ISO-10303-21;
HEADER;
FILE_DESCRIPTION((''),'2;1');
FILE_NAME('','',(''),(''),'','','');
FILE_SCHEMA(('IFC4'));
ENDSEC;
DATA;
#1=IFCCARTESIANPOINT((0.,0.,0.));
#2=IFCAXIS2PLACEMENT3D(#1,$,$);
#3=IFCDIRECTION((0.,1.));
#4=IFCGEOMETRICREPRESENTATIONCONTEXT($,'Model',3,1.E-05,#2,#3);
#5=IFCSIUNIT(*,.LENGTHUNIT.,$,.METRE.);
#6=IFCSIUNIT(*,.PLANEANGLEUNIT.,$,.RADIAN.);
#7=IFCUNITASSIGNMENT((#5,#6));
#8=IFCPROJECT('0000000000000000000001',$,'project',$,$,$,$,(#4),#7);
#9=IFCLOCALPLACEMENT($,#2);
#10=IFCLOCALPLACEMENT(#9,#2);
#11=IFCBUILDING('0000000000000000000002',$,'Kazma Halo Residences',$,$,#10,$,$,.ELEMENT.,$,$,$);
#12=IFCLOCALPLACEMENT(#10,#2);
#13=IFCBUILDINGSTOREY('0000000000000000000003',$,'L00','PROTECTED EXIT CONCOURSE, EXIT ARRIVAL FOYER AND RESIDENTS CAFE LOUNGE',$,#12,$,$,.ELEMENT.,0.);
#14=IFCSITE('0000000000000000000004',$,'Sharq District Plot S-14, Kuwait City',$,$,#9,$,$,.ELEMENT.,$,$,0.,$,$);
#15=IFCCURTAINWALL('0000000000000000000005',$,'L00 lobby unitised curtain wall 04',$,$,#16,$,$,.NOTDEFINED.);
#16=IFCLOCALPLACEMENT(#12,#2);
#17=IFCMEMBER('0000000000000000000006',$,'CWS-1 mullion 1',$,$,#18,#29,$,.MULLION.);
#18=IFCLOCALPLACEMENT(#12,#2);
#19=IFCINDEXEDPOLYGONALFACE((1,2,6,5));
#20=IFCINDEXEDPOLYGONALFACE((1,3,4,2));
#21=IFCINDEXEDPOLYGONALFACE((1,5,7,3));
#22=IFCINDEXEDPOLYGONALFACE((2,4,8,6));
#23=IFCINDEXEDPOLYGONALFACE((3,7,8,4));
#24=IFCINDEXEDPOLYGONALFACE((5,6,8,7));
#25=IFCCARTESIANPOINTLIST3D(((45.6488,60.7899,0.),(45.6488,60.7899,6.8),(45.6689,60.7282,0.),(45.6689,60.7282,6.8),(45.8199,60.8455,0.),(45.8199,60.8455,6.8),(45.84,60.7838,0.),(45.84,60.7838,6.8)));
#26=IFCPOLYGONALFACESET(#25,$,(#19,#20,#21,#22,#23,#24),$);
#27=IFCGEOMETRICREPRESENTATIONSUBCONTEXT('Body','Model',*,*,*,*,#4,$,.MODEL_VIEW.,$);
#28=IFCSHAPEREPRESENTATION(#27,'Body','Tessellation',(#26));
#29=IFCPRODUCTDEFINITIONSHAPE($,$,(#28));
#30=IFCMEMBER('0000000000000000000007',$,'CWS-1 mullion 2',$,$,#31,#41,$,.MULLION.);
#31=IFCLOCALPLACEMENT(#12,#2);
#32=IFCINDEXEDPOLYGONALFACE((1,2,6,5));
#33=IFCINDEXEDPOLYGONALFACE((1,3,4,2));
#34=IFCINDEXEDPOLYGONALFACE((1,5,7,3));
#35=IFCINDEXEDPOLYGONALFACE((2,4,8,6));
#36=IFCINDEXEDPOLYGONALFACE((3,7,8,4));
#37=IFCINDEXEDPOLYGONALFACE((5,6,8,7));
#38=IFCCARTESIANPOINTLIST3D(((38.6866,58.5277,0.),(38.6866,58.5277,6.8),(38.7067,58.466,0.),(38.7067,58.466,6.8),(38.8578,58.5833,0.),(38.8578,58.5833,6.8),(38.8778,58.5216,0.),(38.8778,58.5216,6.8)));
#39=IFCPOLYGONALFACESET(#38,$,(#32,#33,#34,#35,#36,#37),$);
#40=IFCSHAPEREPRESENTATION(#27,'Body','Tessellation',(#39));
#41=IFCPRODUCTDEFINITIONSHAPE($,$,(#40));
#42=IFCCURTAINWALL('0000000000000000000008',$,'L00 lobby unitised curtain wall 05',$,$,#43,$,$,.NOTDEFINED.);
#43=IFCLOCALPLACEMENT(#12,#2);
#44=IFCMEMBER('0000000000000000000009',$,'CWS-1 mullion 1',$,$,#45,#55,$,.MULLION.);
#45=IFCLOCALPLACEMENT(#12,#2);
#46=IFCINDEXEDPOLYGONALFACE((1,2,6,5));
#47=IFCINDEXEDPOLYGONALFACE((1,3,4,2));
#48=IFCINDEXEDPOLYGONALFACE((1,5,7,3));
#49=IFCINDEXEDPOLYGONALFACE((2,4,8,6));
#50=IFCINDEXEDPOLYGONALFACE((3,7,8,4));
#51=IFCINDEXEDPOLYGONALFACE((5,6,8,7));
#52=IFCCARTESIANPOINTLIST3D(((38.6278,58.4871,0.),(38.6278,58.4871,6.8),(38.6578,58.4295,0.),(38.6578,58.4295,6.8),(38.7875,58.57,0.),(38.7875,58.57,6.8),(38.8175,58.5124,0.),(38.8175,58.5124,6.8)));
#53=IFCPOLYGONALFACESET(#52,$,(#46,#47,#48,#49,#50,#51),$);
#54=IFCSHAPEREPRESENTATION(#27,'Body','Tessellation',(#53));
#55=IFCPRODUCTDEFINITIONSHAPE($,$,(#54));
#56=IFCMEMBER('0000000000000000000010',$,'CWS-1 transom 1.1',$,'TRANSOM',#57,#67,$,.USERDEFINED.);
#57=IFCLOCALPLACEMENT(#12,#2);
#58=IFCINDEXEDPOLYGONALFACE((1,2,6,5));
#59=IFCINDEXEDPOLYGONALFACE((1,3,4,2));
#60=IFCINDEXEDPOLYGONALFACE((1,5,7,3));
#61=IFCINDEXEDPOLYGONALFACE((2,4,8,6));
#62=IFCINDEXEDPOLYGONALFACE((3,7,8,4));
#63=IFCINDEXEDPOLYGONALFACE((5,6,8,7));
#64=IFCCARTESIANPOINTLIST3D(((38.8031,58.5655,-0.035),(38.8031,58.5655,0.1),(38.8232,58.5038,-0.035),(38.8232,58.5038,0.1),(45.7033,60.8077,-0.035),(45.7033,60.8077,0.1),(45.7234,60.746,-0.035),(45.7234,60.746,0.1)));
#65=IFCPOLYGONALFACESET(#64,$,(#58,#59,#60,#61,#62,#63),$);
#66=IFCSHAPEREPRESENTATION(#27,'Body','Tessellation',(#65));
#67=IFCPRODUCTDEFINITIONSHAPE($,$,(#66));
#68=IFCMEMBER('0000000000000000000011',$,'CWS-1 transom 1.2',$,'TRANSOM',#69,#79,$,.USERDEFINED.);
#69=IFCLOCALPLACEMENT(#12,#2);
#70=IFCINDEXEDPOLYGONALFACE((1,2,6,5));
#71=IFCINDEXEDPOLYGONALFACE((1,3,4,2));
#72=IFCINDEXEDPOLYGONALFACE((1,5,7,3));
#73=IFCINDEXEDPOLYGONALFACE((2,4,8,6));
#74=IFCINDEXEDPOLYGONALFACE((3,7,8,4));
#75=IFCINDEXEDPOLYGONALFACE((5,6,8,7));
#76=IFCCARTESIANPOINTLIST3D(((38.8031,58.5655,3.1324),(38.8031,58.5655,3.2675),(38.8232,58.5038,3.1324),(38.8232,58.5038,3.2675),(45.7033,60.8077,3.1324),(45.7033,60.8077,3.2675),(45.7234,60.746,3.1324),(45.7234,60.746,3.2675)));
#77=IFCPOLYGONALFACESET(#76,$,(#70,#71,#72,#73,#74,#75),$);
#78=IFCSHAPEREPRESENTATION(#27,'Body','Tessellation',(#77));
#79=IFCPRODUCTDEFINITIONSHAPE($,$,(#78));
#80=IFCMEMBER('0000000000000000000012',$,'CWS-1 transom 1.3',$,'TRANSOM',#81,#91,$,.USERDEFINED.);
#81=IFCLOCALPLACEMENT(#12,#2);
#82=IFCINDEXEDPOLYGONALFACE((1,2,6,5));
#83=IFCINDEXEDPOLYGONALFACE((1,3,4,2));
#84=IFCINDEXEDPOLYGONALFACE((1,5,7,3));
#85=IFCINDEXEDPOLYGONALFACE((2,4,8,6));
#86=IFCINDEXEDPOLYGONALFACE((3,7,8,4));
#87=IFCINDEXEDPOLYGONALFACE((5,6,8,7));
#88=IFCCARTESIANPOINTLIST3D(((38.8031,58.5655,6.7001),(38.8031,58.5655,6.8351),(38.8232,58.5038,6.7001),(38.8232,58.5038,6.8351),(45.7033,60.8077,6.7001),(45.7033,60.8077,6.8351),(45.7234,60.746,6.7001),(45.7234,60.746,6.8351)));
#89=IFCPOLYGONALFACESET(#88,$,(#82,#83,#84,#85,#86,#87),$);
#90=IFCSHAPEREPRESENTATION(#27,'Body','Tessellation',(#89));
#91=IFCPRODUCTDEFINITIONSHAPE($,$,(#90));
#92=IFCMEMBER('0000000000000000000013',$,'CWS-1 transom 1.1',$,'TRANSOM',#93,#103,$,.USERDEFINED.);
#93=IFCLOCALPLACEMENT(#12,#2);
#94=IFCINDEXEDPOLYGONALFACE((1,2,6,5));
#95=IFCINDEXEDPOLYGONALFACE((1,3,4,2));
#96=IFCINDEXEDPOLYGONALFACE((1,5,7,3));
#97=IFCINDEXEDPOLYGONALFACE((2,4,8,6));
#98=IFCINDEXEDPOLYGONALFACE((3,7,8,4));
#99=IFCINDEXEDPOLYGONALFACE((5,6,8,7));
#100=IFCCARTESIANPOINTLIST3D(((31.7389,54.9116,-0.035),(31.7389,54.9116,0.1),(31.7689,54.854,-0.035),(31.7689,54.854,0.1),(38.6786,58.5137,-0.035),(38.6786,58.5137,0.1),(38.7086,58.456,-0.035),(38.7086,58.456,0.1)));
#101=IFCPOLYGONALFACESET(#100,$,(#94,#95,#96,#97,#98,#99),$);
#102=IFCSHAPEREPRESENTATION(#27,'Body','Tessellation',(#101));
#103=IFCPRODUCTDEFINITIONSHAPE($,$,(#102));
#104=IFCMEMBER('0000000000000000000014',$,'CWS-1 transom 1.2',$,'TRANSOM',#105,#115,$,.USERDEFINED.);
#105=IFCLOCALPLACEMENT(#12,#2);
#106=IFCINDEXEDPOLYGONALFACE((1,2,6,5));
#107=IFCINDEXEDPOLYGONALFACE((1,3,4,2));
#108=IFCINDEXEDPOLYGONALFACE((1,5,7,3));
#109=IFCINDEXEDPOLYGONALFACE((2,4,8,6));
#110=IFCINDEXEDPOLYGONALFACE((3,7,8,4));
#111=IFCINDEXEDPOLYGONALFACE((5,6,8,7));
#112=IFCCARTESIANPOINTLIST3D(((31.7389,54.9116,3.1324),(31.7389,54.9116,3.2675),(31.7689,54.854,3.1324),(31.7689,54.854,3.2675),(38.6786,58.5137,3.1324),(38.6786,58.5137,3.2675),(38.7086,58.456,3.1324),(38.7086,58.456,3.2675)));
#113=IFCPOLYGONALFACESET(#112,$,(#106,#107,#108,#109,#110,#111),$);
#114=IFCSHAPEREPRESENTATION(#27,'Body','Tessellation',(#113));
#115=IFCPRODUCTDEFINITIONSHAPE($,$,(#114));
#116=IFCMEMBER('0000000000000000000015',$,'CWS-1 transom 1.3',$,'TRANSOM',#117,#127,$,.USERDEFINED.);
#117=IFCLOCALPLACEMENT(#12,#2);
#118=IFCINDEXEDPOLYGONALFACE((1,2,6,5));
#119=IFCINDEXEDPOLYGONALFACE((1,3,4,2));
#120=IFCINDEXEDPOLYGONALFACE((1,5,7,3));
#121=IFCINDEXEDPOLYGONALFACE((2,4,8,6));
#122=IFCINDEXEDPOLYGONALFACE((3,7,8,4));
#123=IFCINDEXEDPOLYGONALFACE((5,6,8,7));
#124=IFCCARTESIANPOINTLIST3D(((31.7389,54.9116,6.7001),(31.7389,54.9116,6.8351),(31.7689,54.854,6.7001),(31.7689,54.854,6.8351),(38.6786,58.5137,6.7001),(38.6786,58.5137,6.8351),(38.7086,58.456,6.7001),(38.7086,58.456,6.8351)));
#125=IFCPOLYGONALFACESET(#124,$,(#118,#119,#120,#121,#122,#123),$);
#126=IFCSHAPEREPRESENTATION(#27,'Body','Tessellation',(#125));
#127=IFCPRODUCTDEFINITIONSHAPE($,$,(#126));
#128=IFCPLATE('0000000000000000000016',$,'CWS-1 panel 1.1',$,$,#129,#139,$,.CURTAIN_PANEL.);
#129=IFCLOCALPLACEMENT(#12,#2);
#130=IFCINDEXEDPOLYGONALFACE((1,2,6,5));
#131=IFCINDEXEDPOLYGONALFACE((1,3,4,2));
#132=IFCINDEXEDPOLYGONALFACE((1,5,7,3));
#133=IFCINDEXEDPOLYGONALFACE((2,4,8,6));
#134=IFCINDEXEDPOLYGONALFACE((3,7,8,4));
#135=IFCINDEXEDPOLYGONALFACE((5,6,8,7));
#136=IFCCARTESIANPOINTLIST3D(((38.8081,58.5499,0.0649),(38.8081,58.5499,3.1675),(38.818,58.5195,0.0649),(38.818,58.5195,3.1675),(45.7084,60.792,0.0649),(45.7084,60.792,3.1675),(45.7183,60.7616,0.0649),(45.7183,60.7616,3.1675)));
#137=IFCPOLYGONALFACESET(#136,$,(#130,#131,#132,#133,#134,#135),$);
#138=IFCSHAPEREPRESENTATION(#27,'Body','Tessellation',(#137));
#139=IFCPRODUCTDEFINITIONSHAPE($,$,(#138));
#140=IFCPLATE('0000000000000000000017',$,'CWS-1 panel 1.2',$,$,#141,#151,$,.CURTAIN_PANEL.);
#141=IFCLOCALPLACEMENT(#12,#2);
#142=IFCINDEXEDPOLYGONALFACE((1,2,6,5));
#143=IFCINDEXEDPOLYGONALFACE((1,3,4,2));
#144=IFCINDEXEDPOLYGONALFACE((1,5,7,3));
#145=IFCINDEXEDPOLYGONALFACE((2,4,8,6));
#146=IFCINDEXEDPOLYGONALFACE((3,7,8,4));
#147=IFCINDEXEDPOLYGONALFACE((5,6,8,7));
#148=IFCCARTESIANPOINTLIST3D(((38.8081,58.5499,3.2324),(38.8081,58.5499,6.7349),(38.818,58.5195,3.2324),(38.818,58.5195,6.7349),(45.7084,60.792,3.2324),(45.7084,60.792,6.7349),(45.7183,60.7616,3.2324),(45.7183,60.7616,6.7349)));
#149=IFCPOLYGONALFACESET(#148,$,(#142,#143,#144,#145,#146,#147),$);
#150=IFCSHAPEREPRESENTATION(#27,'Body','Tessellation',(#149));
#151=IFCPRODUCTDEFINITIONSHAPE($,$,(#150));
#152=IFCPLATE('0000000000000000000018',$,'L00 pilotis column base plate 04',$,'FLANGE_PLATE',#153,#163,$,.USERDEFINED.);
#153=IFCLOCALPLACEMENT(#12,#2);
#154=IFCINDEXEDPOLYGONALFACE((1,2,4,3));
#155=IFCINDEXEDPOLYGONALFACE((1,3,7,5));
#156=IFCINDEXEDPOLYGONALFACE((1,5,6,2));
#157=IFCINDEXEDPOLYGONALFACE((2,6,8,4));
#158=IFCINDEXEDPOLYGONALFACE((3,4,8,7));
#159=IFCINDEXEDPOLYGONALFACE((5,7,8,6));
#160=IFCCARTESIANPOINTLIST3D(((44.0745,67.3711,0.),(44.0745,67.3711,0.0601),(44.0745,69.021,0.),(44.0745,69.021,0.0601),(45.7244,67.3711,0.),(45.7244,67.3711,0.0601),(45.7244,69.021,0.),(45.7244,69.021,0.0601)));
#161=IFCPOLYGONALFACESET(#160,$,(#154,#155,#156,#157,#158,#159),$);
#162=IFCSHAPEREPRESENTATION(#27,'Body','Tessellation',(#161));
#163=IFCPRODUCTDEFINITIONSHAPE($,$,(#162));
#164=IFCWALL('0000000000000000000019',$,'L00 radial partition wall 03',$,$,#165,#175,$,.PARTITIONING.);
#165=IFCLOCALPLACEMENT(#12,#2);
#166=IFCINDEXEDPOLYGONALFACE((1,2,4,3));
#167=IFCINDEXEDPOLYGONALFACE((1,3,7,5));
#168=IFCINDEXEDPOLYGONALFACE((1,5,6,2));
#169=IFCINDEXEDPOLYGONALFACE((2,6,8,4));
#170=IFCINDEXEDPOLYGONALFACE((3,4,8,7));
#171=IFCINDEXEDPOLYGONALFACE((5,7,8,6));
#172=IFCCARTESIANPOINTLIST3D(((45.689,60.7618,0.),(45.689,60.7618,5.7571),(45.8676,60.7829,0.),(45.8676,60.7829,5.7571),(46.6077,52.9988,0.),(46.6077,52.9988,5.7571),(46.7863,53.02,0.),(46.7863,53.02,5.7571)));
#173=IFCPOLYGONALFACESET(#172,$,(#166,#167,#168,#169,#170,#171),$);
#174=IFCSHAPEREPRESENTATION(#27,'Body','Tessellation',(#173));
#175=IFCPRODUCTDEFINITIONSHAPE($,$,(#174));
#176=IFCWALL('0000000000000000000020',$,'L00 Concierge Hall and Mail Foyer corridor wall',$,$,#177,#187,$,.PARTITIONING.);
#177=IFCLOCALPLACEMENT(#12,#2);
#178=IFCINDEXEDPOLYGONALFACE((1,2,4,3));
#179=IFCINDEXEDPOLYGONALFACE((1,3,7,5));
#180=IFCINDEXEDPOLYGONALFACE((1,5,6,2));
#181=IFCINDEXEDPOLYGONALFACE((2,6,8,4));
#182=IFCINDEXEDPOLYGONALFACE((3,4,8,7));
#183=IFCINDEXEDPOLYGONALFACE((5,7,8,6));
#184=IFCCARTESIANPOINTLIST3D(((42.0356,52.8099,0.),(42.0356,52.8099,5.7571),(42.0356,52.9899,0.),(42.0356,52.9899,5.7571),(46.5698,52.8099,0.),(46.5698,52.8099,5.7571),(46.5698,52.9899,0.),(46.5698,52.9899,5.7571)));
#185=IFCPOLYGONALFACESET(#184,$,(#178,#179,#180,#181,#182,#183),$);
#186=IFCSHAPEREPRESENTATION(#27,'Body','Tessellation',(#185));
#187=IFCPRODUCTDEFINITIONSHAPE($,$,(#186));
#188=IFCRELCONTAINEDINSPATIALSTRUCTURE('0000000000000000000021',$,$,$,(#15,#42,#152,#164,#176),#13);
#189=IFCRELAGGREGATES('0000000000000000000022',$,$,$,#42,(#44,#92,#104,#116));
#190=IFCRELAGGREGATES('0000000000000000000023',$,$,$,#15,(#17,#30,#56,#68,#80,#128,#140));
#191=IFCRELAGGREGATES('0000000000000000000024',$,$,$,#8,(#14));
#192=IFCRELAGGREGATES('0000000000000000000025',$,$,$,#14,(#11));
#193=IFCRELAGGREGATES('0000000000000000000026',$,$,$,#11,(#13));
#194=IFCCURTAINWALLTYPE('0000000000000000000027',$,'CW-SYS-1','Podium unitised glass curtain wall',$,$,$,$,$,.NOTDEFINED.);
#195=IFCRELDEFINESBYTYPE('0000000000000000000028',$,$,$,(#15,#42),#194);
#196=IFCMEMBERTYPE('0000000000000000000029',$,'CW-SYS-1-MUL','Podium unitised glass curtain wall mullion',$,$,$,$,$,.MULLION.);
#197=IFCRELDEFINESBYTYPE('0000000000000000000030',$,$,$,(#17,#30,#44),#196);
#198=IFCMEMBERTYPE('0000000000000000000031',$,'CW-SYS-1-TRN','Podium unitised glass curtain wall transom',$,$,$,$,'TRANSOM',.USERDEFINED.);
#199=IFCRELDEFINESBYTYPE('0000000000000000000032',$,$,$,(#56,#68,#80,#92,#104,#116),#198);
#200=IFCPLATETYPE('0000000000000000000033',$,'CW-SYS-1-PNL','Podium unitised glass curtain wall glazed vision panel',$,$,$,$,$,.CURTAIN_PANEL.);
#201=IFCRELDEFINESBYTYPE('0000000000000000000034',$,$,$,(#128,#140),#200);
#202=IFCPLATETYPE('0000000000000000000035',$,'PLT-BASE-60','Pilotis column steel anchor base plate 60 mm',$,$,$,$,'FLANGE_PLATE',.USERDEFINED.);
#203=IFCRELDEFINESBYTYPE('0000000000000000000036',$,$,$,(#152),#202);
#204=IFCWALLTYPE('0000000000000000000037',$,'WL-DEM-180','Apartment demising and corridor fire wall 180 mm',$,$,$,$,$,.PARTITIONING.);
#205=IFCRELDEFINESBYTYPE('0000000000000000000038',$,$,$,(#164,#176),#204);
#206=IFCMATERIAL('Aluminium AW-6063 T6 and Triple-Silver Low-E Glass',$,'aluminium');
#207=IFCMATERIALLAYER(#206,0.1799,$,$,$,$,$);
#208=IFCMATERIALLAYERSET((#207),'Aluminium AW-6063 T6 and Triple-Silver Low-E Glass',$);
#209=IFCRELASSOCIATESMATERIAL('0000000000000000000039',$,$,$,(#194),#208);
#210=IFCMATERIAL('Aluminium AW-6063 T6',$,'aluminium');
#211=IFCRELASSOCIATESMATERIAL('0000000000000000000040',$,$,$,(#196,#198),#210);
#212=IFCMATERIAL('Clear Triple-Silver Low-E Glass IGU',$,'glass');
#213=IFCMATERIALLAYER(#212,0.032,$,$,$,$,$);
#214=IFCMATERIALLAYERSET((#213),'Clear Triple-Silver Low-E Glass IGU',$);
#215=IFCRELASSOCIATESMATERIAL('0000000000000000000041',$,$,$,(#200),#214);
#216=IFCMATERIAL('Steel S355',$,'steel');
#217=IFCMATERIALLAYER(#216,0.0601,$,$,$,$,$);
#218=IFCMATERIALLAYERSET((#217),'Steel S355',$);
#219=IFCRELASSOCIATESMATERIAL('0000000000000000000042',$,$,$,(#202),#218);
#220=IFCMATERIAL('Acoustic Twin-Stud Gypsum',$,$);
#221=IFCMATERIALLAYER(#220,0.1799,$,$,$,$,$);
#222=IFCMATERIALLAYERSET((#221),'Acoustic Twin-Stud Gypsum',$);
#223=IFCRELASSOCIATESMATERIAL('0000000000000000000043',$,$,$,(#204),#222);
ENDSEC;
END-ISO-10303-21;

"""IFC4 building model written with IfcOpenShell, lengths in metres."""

from ifc_helpers import new_model, si_unit, direction, frame, frame_2d, origin, origin_2d, place, context, subcontext, project, spatial, rectangle, extrude, material, layer, layer_set, material_profile, profile_set, type_object, element, aggregate, save


model = new_model("IFC4")

# Units and contexts
model_context = context("Model", 3, precision=1e-05, world=origin(), true_north=direction((0.0, 1.0)))
body_context = subcontext(model_context, "Body", "Model", "MODEL_VIEW")
ifc_project = project(units=[si_unit("LENGTHUNIT", "METRE"), si_unit("PLANEANGLEUNIT", "RADIAN")], contexts=[model_context])

# Site, building, storey
site_placement = place(None, origin())
site = spatial("IfcSite", under=ifc_project, at=site_placement, Name="Sharq District Plot S-14, Kuwait City", CompositionType="ELEMENT", RefElevation=0.0)
building_placement = place(site_placement, origin())
building = spatial("IfcBuilding", under=site, at=building_placement, Name="Kazma Halo Residences", CompositionType="ELEMENT")
storey_placement = place(building_placement, origin())
storey = spatial("IfcBuildingStorey", under=building, at=storey_placement, Name="L00", Description="PROTECTED EXIT CONCOURSE, EXIT ARRIVAL FOYER AND RESIDENTS CAFE LOUNGE", CompositionType="ELEMENT", Elevation=0.0)

# Shared definitions
ifc_material_1 = material(Name="Steel S355", Category="steel")

# Curtain wall, members
ifc_material_2 = material(Name="Aluminium AW-6063 T6 and Triple-Silver Low-E Glass", Category="aluminium")
ifc_layer_1 = layer(ifc_material_2, 0.1799)
ifc_layer_set_1 = layer_set([ifc_layer_1], Name="Aluminium AW-6063 T6 and Triple-Silver Low-E Glass")
curtain_wall_type = type_object("IfcCurtainWallType", Name="CW-SYS-1", Description="Podium unitised glass curtain wall", PredefinedType="NOTDEFINED", material=ifc_layer_set_1)
curtain_wall_1_placement = place(storey_placement, origin())
curtain_wall_1 = element("IfcCurtainWall", 1, at=curtain_wall_1_placement, inside=storey, type_object=curtain_wall_type, Name="L00 lobby unitised curtain wall 04", PredefinedType="NOTDEFINED")
ifc_material_3 = material(Name="Aluminium AW-6063 T6", Category="aluminium")
ifc_material_profile_1 = material_profile(ifc_material_3, rectangle(XDim=0.0649, YDim=0.1799, at=origin_2d()), Name="CWM-65x180")
ifc_profile_set_1 = profile_set([ifc_material_profile_1], Name="Aluminium AW-6063 T6")
member_type_1 = type_object("IfcMemberType", Name="CW-SYS-1-MUL", Description="Podium unitised glass curtain wall mullion", PredefinedType="MULLION", material=ifc_profile_set_1)
member_1_placement = place(storey_placement, frame((45.7444, 60.7869, 0.0), z_axis=(0.0, 0.0, 1.0), x_axis=(0.309021, -0.951055, 0.0)))
member_1 = element("IfcMember", 2, at=member_1_placement, type_object=member_type_1, Name="CWS-1 mullion 1", PredefinedType="MULLION", context=body_context, shape_type="SweptSolid", body=[
    extrude(rectangle(XDim=0.0649, YDim=0.1799, at=origin_2d()), origin(), (0.0, 0.0, 1.0), 6.8),
])
member_2_placement = place(storey_placement, frame((38.7822, 58.5247, 0.0), z_axis=(0.0, 0.0, 1.0), x_axis=(0.309021, -0.951055, 0.0)))
member_2 = element("IfcMember", 3, at=member_2_placement, type_object=member_type_1, Name="CWS-1 mullion 2", PredefinedType="MULLION", context=body_context, shape_type="SweptSolid", body=[
    extrude(rectangle(XDim=0.0649, YDim=0.1799, at=origin_2d()), origin(), (0.0, 0.0, 1.0), 6.8),
])

# Curtain wall, member
curtain_wall_2_placement = place(storey_placement, origin())
curtain_wall_2 = element("IfcCurtainWall", 4, at=curtain_wall_2_placement, inside=storey, type_object=curtain_wall_type, Name="L00 lobby unitised curtain wall 05", PredefinedType="NOTDEFINED")
member_3_placement = place(storey_placement, frame((38.7227, 58.4998, 0.0), z_axis=(0.0, 0.0, 1.0), x_axis=(0.460684, -0.887564, 0.0)))
member_3 = element("IfcMember", 5, at=member_3_placement, type_object=member_type_1, Name="CWS-1 mullion 1", PredefinedType="MULLION", context=body_context, shape_type="SweptSolid", body=[
    extrude(rectangle(XDim=0.0649, YDim=0.1799, at=origin_2d()), origin(), (0.0, 0.0, 1.0), 6.8),
])

# Members
ifc_material_profile_2 = material_profile(ifc_material_3, rectangle(XDim=0.0649, YDim=0.135, at=origin_2d()), Name="CWT-65x135")
ifc_profile_set_2 = profile_set([ifc_material_profile_2], Name="Aluminium AW-6063 T6")
member_type_2 = type_object("IfcMemberType", Name="CW-SYS-1-TRN", Description="Podium unitised glass curtain wall transom", ElementType="TRANSOM", PredefinedType="USERDEFINED", material=ifc_profile_set_2)
member_4_placement = place(storey_placement, frame((45.7134, 60.7769, 0.0325), z_axis=(-0.951049, -0.309041, 0.0), x_axis=(0.309041, -0.951049, 0.0)))
member_4 = element("IfcMember", 6, at=member_4_placement, type_object=member_type_2, Name="CWS-1 transom 1.1", ObjectType="TRANSOM", PredefinedType="USERDEFINED", context=body_context, shape_type="SweptSolid", body=[
    extrude(rectangle(XDim=0.0649, YDim=0.135, at=origin_2d()), origin(), (0.0, 0.0, 1.0), 7.2554),
])
member_5_placement = place(storey_placement, frame((45.7134, 60.7769, 3.2), z_axis=(-0.951049, -0.309041, 0.0), x_axis=(0.309041, -0.951049, 0.0)))
member_5 = element("IfcMember", 7, at=member_5_placement, type_object=member_type_2, Name="CWS-1 transom 1.2", ObjectType="TRANSOM", PredefinedType="USERDEFINED", context=body_context, shape_type="SweptSolid", body=[
    extrude(rectangle(XDim=0.0649, YDim=0.135, at=origin_2d()), origin(), (0.0, 0.0, 1.0), 7.2554),
])
member_6_placement = place(storey_placement, frame((45.7134, 60.7769, 6.7676), z_axis=(-0.951049, -0.309041, 0.0), x_axis=(0.309041, -0.951049, 0.0)))
member_6 = element("IfcMember", 8, at=member_6_placement, type_object=member_type_2, Name="CWS-1 transom 1.3", ObjectType="TRANSOM", PredefinedType="USERDEFINED", context=body_context, shape_type="SweptSolid", body=[
    extrude(rectangle(XDim=0.0649, YDim=0.135, at=origin_2d()), origin(), (0.0, 0.0, 1.0), 7.2554),
])
member_7_placement = place(storey_placement, frame((38.6936, 58.4849, 0.0325), z_axis=(-0.887562, -0.460689, 0.0), x_axis=(0.460689, -0.887562, 0.0)))
member_7 = element("IfcMember", 9, at=member_7_placement, type_object=member_type_2, Name="CWS-1 transom 1.1", ObjectType="TRANSOM", PredefinedType="USERDEFINED", context=body_context, shape_type="SweptSolid", body=[
    extrude(rectangle(XDim=0.0649, YDim=0.135, at=origin_2d()), origin(), (0.0, 0.0, 1.0), 7.8188),
])
member_8_placement = place(storey_placement, frame((38.6936, 58.4849, 3.2), z_axis=(-0.887562, -0.460689, 0.0), x_axis=(0.460689, -0.887562, 0.0)))
member_8 = element("IfcMember", 10, at=member_8_placement, type_object=member_type_2, Name="CWS-1 transom 1.2", ObjectType="TRANSOM", PredefinedType="USERDEFINED", context=body_context, shape_type="SweptSolid", body=[
    extrude(rectangle(XDim=0.0649, YDim=0.135, at=origin_2d()), origin(), (0.0, 0.0, 1.0), 7.8188),
])
member_9_placement = place(storey_placement, frame((38.6936, 58.4849, 6.7676), z_axis=(-0.887562, -0.460689, 0.0), x_axis=(0.460689, -0.887562, 0.0)))
member_9 = element("IfcMember", 11, at=member_9_placement, type_object=member_type_2, Name="CWS-1 transom 1.3", ObjectType="TRANSOM", PredefinedType="USERDEFINED", context=body_context, shape_type="SweptSolid", body=[
    extrude(rectangle(XDim=0.0649, YDim=0.135, at=origin_2d()), origin(), (0.0, 0.0, 1.0), 7.8188),
])
aggregate(curtain_wall_2, [member_3, member_7, member_8, member_9])

# Plates
ifc_material_4 = material(Name="Clear Triple-Silver Low-E Glass IGU", Category="glass")
ifc_layer_2 = layer(ifc_material_4, 0.032)
ifc_layer_set_2 = layer_set([ifc_layer_2], Name="Clear Triple-Silver Low-E Glass IGU")
plate_type_1 = type_object("IfcPlateType", Name="CW-SYS-1-PNL", Description="Podium unitised glass curtain wall glazed vision panel", PredefinedType="CURTAIN_PANEL", material=ifc_layer_set_2)
plate_1_placement = place(storey_placement, frame((42.2632, 59.6558, 0.0649), z_axis=(0.0, 0.0, 1.0), x_axis=(-0.951055, -0.309021, 0.0)))
plate_1 = element("IfcPlate", 12, at=plate_1_placement, type_object=plate_type_1, Name="CWS-1 panel 1.1", PredefinedType="CURTAIN_PANEL", context=body_context, shape_type="SweptSolid", body=[
    extrude(rectangle(XDim=7.2554, YDim=0.032, at=origin_2d()), origin(), (0.0, 0.0, 1.0), 3.1025),
])
plate_2_placement = place(storey_placement, frame((42.2632, 59.6558, 3.2324), z_axis=(0.0, 0.0, 1.0), x_axis=(-0.951055, -0.309021, 0.0)))
plate_2 = element("IfcPlate", 13, at=plate_2_placement, type_object=plate_type_1, Name="CWS-1 panel 1.2", PredefinedType="CURTAIN_PANEL", context=body_context, shape_type="SweptSolid", body=[
    extrude(rectangle(XDim=7.2554, YDim=0.032, at=origin_2d()), origin(), (0.0, 0.0, 1.0), 3.5024),
])
aggregate(curtain_wall_1, [member_1, member_2, member_4, member_5, member_6, plate_1, plate_2])
ifc_layer_3 = layer(ifc_material_1, 0.0601)
ifc_layer_set_3 = layer_set([ifc_layer_3], Name="Steel S355")
plate_type_2 = type_object("IfcPlateType", Name="PLT-BASE-60", Description="Pilotis column steel anchor base plate 60 mm", ElementType="FLANGE_PLATE", PredefinedType="USERDEFINED", material=ifc_layer_set_3)
plate_3_placement = place(storey_placement, frame((44.8994, 68.196, 0.0), z_axis=(0.0, 0.0, 1.0), x_axis=(1.0, 0.0, 0.0)))
element("IfcPlate", 14, at=plate_3_placement, inside=storey, type_object=plate_type_2, Name="L00 pilotis column base plate 04", ObjectType="FLANGE_PLATE", PredefinedType="USERDEFINED", context=body_context, shape_type="SweptSolid", body=[
    extrude(rectangle(XDim=1.6499, YDim=1.6499, at=origin_2d()), origin(), (0.0, 0.0, 1.0), 0.0601),
])

# Walls
ifc_material_5 = material(Name="Acoustic Twin-Stud Gypsum")
ifc_layer_4 = layer(ifc_material_5, 0.1799)
ifc_layer_set_4 = layer_set([ifc_layer_4], Name="Acoustic Twin-Stud Gypsum")
wall_type_1 = type_object("IfcWallType", Name="WL-DEM-180", Description="Apartment demising and corridor fire wall 180 mm", PredefinedType="PARTITIONING", material=ifc_layer_set_4)
wall_1_placement = place(storey_placement, frame((46.697, 53.0093, 0.0), z_axis=(0.0, 0.0, 1.0), x_axis=(-0.117524, 0.99307, 0.0)))
element("IfcWall", 15, at=wall_1_placement, inside=storey, type_object=wall_type_1, Name="L00 radial partition wall 03", PredefinedType="PARTITIONING", context=body_context, shape_type="SweptSolid", body=[
    extrude(rectangle(XDim=7.8171, YDim=0.1799, at=frame_2d((3.9087, 0.0))), origin(), (0.0, 0.0, 1.0), 5.7571),
])
wall_2_placement = place(storey_placement, frame((46.5698, 52.8999, 0.0), z_axis=(0.0, 0.0, 1.0), x_axis=(-1.0, 0.0, 0.0)))
element("IfcWall", 16, at=wall_2_placement, inside=storey, type_object=wall_type_1, Name="L00 Concierge Hall and Mail Foyer corridor wall", PredefinedType="PARTITIONING", context=body_context, shape_type="SweptSolid", body=[
    extrude(rectangle(XDim=4.5342, YDim=0.1799, at=frame_2d((2.2671, 0.0))), origin(), (0.0, 0.0, 1.0), 5.7571),
])

save(model, "model.ifc")
